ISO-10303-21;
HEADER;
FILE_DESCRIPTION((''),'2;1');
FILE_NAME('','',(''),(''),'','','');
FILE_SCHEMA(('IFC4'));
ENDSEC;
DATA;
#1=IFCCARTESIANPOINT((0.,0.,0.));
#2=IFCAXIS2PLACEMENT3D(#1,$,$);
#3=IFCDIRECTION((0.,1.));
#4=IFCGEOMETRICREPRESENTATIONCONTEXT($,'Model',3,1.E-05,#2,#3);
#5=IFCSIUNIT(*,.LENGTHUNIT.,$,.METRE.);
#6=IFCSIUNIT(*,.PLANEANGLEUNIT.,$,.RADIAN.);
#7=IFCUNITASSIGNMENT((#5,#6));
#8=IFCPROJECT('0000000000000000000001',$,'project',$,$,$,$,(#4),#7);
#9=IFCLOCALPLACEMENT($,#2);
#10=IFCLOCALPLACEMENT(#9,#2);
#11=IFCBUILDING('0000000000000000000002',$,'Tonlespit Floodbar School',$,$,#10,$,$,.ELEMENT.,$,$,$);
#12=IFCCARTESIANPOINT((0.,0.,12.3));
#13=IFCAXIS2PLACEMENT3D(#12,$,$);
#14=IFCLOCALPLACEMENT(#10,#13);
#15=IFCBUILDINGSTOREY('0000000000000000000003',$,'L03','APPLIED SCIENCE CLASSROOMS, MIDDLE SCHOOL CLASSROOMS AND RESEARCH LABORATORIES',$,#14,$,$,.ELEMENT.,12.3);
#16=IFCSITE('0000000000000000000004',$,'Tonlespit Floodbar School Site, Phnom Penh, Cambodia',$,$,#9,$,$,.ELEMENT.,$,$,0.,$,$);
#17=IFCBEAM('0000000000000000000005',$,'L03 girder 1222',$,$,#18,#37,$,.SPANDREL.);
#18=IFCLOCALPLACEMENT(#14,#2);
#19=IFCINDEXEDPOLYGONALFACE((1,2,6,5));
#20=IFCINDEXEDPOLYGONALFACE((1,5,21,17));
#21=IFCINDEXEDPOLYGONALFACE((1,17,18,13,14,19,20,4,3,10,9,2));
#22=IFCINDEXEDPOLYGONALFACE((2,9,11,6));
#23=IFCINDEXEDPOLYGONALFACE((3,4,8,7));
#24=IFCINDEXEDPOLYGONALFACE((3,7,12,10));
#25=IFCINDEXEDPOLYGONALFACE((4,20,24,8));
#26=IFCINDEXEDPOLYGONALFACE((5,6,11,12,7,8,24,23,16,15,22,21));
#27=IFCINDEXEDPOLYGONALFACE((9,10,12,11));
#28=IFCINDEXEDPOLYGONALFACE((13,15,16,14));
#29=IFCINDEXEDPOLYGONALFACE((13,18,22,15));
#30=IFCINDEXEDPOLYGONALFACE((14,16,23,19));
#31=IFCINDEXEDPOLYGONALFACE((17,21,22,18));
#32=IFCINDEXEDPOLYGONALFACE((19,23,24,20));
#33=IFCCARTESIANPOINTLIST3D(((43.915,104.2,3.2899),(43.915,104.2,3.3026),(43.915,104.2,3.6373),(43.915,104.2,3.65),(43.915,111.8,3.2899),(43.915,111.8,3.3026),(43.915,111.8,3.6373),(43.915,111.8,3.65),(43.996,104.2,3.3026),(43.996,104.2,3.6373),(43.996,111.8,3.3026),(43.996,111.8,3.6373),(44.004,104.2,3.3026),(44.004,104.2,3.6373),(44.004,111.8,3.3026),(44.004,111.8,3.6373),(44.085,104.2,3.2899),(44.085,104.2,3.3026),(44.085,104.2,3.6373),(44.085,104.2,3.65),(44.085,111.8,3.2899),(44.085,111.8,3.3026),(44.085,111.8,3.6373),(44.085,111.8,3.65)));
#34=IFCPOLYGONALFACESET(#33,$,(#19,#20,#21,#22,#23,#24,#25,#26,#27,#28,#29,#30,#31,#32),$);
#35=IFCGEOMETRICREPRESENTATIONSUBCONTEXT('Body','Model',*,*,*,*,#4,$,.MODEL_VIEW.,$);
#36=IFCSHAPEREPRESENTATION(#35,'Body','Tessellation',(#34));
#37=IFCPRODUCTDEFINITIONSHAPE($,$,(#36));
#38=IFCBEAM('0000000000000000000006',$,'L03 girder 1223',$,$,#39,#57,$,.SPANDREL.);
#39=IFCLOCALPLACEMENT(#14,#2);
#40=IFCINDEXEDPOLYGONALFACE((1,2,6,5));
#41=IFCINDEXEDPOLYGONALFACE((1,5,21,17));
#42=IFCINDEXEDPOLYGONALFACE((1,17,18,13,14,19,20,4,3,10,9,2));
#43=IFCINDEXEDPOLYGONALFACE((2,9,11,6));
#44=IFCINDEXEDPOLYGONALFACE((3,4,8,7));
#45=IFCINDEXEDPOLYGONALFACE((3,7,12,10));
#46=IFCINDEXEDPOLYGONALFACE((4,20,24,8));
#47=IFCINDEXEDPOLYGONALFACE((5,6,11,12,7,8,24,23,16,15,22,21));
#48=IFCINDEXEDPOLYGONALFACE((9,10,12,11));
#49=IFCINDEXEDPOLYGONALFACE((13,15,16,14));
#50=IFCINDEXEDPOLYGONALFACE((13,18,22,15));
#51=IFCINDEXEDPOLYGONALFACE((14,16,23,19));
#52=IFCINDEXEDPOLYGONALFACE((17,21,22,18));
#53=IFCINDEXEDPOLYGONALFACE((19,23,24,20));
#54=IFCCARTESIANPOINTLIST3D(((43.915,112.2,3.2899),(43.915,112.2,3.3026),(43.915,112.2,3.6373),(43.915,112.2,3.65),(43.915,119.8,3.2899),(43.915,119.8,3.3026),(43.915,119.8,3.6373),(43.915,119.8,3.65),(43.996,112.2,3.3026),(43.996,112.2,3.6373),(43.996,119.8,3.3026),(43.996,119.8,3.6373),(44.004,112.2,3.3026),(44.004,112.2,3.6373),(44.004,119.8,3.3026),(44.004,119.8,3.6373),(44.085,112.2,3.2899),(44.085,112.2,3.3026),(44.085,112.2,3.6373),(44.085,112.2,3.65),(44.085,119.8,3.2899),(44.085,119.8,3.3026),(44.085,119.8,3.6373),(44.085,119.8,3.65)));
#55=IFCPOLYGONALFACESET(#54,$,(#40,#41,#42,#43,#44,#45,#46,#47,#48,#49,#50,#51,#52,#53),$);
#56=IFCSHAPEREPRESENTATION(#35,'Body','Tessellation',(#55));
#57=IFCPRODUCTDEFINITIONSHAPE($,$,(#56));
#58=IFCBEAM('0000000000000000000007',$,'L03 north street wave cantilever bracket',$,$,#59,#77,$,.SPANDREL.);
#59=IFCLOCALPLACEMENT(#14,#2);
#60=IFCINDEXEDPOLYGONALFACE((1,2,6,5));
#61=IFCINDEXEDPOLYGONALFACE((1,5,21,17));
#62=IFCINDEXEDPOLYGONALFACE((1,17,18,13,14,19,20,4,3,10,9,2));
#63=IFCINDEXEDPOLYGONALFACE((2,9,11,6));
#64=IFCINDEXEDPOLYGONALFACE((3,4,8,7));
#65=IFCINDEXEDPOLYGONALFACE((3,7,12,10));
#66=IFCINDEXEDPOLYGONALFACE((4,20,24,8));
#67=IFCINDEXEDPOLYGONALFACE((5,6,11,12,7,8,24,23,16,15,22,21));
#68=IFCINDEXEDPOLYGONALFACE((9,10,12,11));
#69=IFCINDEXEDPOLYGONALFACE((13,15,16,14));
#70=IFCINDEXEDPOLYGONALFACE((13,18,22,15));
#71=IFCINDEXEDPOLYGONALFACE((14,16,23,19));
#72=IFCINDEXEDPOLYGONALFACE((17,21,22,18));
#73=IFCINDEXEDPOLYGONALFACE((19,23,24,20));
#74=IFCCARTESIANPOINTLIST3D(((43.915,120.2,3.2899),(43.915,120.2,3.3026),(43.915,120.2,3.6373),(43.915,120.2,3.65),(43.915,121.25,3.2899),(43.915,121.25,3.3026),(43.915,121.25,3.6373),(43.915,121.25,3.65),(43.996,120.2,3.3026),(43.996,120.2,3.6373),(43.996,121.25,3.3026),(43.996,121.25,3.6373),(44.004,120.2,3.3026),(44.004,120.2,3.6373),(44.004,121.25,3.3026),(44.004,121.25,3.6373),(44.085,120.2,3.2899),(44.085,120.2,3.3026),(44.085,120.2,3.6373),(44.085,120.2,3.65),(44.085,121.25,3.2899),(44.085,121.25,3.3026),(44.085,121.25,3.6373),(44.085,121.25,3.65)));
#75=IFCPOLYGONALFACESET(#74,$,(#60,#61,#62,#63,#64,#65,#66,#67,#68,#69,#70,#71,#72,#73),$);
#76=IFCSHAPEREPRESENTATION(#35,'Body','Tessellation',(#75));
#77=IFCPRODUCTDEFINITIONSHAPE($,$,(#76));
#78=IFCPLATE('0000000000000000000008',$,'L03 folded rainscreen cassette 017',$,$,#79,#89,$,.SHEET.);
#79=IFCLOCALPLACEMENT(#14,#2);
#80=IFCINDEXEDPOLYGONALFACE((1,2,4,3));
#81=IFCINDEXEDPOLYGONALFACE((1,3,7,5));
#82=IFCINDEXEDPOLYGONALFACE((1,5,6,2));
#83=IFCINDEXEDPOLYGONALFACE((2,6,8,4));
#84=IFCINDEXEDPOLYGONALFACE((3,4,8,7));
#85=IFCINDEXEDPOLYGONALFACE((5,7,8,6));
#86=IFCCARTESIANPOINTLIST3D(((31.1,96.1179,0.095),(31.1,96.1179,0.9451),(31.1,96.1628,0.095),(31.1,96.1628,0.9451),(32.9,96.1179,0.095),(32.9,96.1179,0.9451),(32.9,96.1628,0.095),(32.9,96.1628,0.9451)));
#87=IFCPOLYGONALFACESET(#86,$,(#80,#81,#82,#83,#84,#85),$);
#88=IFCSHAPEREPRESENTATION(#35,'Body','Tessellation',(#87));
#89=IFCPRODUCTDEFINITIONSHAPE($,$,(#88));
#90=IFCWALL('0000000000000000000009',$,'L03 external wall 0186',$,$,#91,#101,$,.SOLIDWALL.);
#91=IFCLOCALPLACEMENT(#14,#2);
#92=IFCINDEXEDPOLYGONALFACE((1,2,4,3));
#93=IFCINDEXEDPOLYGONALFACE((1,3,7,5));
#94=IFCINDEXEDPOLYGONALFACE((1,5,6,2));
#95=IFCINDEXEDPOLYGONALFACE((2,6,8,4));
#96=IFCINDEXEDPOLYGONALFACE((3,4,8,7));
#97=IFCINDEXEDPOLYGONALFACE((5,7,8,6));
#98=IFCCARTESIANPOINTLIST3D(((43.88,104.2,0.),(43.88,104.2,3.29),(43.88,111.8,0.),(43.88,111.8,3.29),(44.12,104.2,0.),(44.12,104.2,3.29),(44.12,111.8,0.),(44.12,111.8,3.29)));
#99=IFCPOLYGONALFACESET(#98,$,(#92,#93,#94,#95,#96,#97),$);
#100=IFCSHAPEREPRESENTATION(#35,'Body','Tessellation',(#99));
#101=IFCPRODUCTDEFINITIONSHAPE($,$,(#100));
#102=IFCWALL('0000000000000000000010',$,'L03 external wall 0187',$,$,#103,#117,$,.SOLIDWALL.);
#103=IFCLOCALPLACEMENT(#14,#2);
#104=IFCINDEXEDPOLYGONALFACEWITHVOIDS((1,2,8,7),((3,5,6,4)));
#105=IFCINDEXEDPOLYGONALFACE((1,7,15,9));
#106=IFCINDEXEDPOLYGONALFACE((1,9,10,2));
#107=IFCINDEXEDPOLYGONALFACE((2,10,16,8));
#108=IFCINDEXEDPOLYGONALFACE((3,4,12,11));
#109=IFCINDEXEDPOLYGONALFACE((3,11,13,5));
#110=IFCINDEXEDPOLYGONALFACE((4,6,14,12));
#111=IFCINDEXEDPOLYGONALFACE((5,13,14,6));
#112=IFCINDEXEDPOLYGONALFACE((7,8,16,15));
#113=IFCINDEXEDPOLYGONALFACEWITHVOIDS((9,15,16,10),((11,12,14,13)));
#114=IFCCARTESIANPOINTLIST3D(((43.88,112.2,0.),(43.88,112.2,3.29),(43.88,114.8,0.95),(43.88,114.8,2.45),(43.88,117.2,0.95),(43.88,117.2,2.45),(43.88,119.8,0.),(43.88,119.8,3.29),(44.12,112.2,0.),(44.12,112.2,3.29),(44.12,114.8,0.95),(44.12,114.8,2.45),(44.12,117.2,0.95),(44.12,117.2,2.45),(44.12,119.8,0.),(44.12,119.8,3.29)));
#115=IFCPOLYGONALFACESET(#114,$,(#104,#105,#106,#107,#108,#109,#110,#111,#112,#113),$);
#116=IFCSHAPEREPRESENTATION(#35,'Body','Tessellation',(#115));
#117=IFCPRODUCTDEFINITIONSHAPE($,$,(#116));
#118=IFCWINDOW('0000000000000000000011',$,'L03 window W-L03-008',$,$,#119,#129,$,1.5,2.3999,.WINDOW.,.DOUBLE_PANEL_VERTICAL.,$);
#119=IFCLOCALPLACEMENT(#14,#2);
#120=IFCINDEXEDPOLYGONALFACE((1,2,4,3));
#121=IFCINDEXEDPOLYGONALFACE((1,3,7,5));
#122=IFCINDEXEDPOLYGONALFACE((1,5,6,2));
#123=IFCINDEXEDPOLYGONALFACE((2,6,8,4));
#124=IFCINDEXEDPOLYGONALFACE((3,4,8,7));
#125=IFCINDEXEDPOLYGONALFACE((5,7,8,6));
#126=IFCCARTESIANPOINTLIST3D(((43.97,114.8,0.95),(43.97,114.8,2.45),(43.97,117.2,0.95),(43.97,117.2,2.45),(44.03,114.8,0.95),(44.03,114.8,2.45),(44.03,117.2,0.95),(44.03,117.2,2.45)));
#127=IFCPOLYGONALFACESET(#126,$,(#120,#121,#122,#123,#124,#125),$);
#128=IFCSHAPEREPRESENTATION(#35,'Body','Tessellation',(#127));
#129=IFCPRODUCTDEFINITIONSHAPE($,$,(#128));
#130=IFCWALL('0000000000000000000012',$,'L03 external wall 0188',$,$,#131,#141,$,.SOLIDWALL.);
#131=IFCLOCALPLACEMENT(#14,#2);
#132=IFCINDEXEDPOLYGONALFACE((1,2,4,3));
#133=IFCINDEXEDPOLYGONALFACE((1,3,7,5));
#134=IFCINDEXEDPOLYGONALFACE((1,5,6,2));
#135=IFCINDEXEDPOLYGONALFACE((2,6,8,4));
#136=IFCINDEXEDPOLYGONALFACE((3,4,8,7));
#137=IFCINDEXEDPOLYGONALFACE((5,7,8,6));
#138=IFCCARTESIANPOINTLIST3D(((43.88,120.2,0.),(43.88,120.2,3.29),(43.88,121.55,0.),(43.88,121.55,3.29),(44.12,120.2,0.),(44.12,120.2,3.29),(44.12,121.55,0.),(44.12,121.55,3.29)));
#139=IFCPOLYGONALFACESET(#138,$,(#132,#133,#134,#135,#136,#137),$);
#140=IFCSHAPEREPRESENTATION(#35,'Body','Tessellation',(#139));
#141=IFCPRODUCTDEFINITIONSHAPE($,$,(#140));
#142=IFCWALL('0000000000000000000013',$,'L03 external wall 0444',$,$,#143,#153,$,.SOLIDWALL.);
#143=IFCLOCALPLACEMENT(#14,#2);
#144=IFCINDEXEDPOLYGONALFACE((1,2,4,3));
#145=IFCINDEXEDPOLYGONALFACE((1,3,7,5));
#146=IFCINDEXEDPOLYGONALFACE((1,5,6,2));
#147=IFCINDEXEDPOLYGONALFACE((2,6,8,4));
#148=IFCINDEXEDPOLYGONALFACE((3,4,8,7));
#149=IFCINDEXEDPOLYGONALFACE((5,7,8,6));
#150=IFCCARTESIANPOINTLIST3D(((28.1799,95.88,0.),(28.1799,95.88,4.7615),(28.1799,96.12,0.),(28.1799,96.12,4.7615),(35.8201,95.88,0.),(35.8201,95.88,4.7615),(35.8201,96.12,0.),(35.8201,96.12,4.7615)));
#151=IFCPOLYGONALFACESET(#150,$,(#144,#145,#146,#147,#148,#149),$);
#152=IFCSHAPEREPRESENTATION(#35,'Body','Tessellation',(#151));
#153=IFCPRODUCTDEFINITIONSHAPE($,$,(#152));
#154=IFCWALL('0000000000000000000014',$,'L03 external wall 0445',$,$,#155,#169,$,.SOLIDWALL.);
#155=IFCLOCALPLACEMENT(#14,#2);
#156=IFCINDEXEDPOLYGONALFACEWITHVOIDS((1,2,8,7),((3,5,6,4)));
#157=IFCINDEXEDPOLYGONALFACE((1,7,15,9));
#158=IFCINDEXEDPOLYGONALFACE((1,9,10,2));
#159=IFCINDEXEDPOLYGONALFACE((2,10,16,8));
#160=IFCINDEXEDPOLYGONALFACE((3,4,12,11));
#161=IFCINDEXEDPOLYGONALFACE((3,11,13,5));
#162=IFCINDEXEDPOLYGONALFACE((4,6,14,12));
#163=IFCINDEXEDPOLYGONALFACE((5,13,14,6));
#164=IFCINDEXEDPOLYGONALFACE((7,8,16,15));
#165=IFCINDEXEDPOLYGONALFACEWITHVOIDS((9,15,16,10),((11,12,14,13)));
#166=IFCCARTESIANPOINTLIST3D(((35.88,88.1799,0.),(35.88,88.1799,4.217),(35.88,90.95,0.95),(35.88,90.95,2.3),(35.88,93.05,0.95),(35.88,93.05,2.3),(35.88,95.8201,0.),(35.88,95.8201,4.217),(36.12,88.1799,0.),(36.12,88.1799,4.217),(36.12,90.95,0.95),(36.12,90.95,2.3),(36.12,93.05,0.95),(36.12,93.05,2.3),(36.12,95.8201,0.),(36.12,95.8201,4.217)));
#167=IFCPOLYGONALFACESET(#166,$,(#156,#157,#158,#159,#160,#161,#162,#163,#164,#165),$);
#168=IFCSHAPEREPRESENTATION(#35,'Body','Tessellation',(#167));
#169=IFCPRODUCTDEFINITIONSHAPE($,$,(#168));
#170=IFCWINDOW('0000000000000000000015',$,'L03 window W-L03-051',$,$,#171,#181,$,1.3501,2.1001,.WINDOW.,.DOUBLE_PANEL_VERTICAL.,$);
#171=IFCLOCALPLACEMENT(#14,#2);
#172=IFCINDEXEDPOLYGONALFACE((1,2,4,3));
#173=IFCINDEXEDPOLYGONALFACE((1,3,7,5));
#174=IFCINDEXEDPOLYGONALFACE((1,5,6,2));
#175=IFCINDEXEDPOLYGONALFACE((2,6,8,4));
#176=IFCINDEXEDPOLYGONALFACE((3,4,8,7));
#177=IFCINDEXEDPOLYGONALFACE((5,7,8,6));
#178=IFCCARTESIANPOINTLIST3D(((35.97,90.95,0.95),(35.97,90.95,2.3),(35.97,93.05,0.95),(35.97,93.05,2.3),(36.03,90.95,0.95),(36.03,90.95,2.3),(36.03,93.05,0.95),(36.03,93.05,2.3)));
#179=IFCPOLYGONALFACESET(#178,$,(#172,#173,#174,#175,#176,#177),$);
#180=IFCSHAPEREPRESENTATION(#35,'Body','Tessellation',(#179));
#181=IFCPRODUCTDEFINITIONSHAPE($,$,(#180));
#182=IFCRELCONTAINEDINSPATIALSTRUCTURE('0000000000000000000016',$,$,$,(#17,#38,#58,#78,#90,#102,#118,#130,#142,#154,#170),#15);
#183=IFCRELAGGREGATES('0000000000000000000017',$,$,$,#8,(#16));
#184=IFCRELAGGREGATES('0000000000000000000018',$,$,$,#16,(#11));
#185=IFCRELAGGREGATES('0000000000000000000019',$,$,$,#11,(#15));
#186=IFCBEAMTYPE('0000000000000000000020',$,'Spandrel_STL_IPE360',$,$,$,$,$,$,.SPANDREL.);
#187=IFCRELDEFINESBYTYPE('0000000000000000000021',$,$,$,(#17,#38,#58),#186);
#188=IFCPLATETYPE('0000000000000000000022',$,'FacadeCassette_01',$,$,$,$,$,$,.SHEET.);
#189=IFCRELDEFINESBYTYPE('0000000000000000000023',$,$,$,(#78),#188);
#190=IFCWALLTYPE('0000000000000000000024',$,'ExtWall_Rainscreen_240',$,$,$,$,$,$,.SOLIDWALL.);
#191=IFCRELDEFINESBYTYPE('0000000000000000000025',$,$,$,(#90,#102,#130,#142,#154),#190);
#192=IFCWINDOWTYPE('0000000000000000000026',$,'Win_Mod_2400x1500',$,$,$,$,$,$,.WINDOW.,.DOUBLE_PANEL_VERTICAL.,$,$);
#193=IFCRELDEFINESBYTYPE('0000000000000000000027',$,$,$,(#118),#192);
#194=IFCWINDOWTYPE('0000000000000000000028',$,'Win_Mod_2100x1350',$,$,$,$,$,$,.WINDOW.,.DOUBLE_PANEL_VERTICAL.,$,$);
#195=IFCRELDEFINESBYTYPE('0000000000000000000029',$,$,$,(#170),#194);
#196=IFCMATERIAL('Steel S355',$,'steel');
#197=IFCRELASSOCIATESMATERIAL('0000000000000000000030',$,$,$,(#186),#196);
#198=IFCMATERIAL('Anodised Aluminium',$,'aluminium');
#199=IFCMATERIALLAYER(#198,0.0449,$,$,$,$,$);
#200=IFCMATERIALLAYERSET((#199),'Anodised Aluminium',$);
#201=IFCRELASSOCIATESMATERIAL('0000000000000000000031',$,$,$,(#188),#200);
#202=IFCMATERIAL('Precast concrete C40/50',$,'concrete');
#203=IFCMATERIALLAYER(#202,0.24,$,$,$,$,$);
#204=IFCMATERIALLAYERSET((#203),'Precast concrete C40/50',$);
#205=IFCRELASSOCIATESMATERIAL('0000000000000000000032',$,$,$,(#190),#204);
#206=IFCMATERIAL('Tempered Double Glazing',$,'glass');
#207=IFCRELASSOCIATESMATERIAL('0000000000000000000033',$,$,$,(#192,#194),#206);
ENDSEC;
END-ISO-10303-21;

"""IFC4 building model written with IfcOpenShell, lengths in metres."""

from ifc_helpers import new_model, si_unit, direction, frame, frame_2d, origin, origin_2d, place, context, subcontext, project, spatial, rectangle, i_section, extrude, material, layer, layer_set, material_profile, profile_set, type_object, element, fill, save


model = new_model("IFC4")

# Units and contexts
model_context = context("Model", 3, precision=1e-05, world=origin(), true_north=direction((0.0, 1.0)))
body_context = subcontext(model_context, "Body", "Model", "MODEL_VIEW")
ifc_project = project(units=[si_unit("LENGTHUNIT", "METRE"), si_unit("PLANEANGLEUNIT", "RADIAN")], contexts=[model_context])

# Site, building, storey
site_placement = place(None, origin())
site = spatial("IfcSite", under=ifc_project, at=site_placement, Name="Tonlespit Floodbar School Site, Phnom Penh, Cambodia", CompositionType="ELEMENT", RefElevation=0.0)
building_placement = place(site_placement, origin())
building = spatial("IfcBuilding", under=site, at=building_placement, Name="Tonlespit Floodbar School", CompositionType="ELEMENT")
storey_placement = place(building_placement, frame((0.0, 0.0, 12.3)))
storey = spatial("IfcBuildingStorey", under=building, at=storey_placement, Name="L03", Description="APPLIED SCIENCE CLASSROOMS, MIDDLE SCHOOL CLASSROOMS AND RESEARCH LABORATORIES", CompositionType="ELEMENT", Elevation=12.3)

# Shared definitions
ifc_material_1 = material(Name="Anodised Aluminium", Category="aluminium")

# Beams
ifc_material_2 = material(Name="Steel S355", Category="steel")
ifc_material_profile_1 = material_profile(ifc_material_2, i_section(OverallWidth=0.1699, OverallDepth=0.3601, WebThickness=0.0081, FlangeThickness=0.0127, at=origin_2d()), Name="IPE 360")
ifc_profile_set_1 = profile_set([ifc_material_profile_1], Name="Steel S355")
beam_type_1 = type_object("IfcBeamType", Name="Spandrel_STL_IPE360", PredefinedType="SPANDREL", material=ifc_profile_set_1)
for number, where, z_axis, x_axis, name in (
    (1, (44.0, 104.2, 3.47), (0.0, 1.0, 0.0), (-1.0, 0.0, 0.0), "L03 girder 1222"),
    (2, (44.0, 112.2, 3.47), (0.0, 1.0, 0.0), (-1.0, 0.0, 0.0), "L03 girder 1223"),
):
    element("IfcBeam", number, at=place(storey_placement, frame(where, z_axis=z_axis, x_axis=x_axis)), inside=storey, type_object=beam_type_1, Name=name, PredefinedType="SPANDREL", context=body_context, shape_type="SweptSolid", body=[
        extrude(i_section(OverallWidth=0.1699, OverallDepth=0.3601, WebThickness=0.0081, FlangeThickness=0.0127, at=origin_2d()), origin(), (0.0, 0.0, 1.0), 7.6001),
    ])
beam_1_placement = place(storey_placement, frame((44.0, 120.2, 3.47), z_axis=(0.0, 1.0, 0.0), x_axis=(-1.0, 0.0, 0.0)))
element("IfcBeam", 3, at=beam_1_placement, inside=storey, type_object=beam_type_1, Name="L03 north street wave cantilever bracket", PredefinedType="SPANDREL", context=body_context, shape_type="SweptSolid", body=[
    extrude(i_section(OverallWidth=0.1699, OverallDepth=0.3601, WebThickness=0.0081, FlangeThickness=0.0127, at=origin_2d()), origin(), (0.0, 0.0, 1.0), 1.05),
])

# Plate
ifc_layer_1 = layer(ifc_material_1, 0.0449)
ifc_layer_set_1 = layer_set([ifc_layer_1], Name="Anodised Aluminium")
plate_type = type_object("IfcPlateType", Name="FacadeCassette_01", PredefinedType="SHEET", material=ifc_layer_set_1)
plate_placement = place(storey_placement, frame((32.0, 96.1404, 0.095), z_axis=(0.0, 0.0, 1.0), x_axis=(1.0, 0.0, 0.0)))
element("IfcPlate", 4, at=plate_placement, inside=storey, type_object=plate_type, Name="L03 folded rainscreen cassette 017", PredefinedType="SHEET", context=body_context, shape_type="SweptSolid", body=[
    extrude(rectangle(XDim=1.8, YDim=0.0449, at=origin_2d()), origin(), (0.0, 0.0, 1.0), 0.8501),
])

# Wall
ifc_material_3 = material(Name="Precast concrete C40/50", Category="concrete")
ifc_layer_2 = layer(ifc_material_3, 0.24)
ifc_layer_set_2 = layer_set([ifc_layer_2], Name="Precast concrete C40/50")
wall_type_1 = type_object("IfcWallType", Name="ExtWall_Rainscreen_240", PredefinedType="SOLIDWALL", material=ifc_layer_set_2)
wall_1_placement = place(storey_placement, frame((44.0, 104.2, 0.0), z_axis=(0.0, 0.0, 1.0), x_axis=(0.0, 1.0, 0.0)))
element("IfcWall", 5, at=wall_1_placement, inside=storey, type_object=wall_type_1, Name="L03 external wall 0186", PredefinedType="SOLIDWALL", context=body_context, shape_type="SweptSolid", body=[
    extrude(rectangle(XDim=7.6001, YDim=0.24, at=frame_2d((3.8, 0.0))), origin(), (0.0, 0.0, 1.0), 3.29),
])

# Wall, opening, window
wall_2_placement = place(storey_placement, frame((44.0, 112.2, 0.0), z_axis=(0.0, 0.0, 1.0), x_axis=(0.0, 1.0, 0.0)))
wall_2 = element("IfcWall", 6, at=wall_2_placement, inside=storey, type_object=wall_type_1, Name="L03 external wall 0187", PredefinedType="SOLIDWALL", context=body_context, shape_type="SweptSolid", body=[
    extrude(rectangle(XDim=7.6001, YDim=0.24, at=frame_2d((3.8, 0.0))), origin(), (0.0, 0.0, 1.0), 3.29),
])
opening_1_placement = place(wall_2_placement, frame((2.6001, 0.0, 0.95)))
opening_1 = element("IfcOpeningElement", 7, at=opening_1_placement, cuts=wall_2, PredefinedType="OPENING", context=body_context, shape_type="SweptSolid", body=[
    extrude(rectangle(XDim=2.3999, YDim=1.5, at=frame_2d((1.2, 0.75))), frame((0.0, 0.1299, 0.0), z_axis=(0.0, -1.0, 0.0), x_axis=(1.0, 0.0, 0.0)), (0.0, 0.0, 1.0), 0.26),
])
ifc_material_4 = material(Name="Tempered Double Glazing", Category="glass")
window_type_1 = type_object("IfcWindowType", Name="Win_Mod_2400x1500", PartitioningType="DOUBLE_PANEL_VERTICAL", PredefinedType="WINDOW", material=ifc_material_4)
window_1_placement = place(opening_1_placement, origin())
window_1 = element("IfcWindow", 8, at=window_1_placement, inside=storey, type_object=window_type_1, Name="L03 window W-L03-008", OverallHeight=1.5, OverallWidth=2.3999, PartitioningType="DOUBLE_PANEL_VERTICAL", PredefinedType="WINDOW", context=body_context, shape_type="SweptSolid", body=[
    extrude(rectangle(XDim=2.3999, YDim=1.5, at=frame_2d((1.2, 0.75))), frame((0.0, 0.03, 0.0), z_axis=(0.0, -1.0, 0.0), x_axis=(1.0, 0.0, 0.0)), (0.0, 0.0, 1.0), 0.0601),
])
fill(opening_1, window_1)

# Walls
wall_3_placement = place(storey_placement, frame((44.0, 120.2, 0.0), z_axis=(0.0, 0.0, 1.0), x_axis=(0.0, 1.0, 0.0)))
element("IfcWall", 9, at=wall_3_placement, inside=storey, type_object=wall_type_1, Name="L03 external wall 0188", PredefinedType="SOLIDWALL", context=body_context, shape_type="SweptSolid", body=[
    extrude(rectangle(XDim=1.3501, YDim=0.24, at=frame_2d((0.675, 0.0))), origin(), (0.0, 0.0, 1.0), 3.29),
])
wall_4_placement = place(storey_placement, frame((28.1799, 96.0, 0.0), z_axis=(0.0, 0.0, 1.0), x_axis=(1.0, 0.0, 0.0)))
element("IfcWall", 10, at=wall_4_placement, inside=storey, type_object=wall_type_1, Name="L03 external wall 0444", PredefinedType="SOLIDWALL", context=body_context, shape_type="SweptSolid", body=[
    extrude(rectangle(XDim=7.6401, YDim=0.24, at=frame_2d((3.8201, 0.0))), origin(), (0.0, 0.0, 1.0), 4.7615),
])

# Wall, opening, window
wall_5_placement = place(storey_placement, frame((36.0, 95.8201, 0.0), z_axis=(0.0, 0.0, 1.0), x_axis=(0.0, -1.0, 0.0)))
wall_5 = element("IfcWall", 11, at=wall_5_placement, inside=storey, type_object=wall_type_1, Name="L03 external wall 0445", PredefinedType="SOLIDWALL", context=body_context, shape_type="SweptSolid", body=[
    extrude(rectangle(XDim=7.6401, YDim=0.24, at=frame_2d((3.8201, 0.0))), origin(), (0.0, 0.0, 1.0), 4.217),
])
opening_2_placement = place(wall_5_placement, frame((2.77, 0.0, 0.95)))
opening_2 = element("IfcOpeningElement", 12, at=opening_2_placement, cuts=wall_5, PredefinedType="OPENING", context=body_context, shape_type="SweptSolid", body=[
    extrude(rectangle(XDim=2.1001, YDim=1.3501, at=frame_2d((1.05, 0.675))), frame((0.0, 0.1299, 0.0), z_axis=(0.0, -1.0, 0.0), x_axis=(1.0, 0.0, 0.0)), (0.0, 0.0, 1.0), 0.26),
])
window_type_2 = type_object("IfcWindowType", Name="Win_Mod_2100x1350", PartitioningType="DOUBLE_PANEL_VERTICAL", PredefinedType="WINDOW", material=ifc_material_4)
window_2_placement = place(opening_2_placement, origin())
window_2 = element("IfcWindow", 13, at=window_2_placement, inside=storey, type_object=window_type_2, Name="L03 window W-L03-051", OverallHeight=1.3501, OverallWidth=2.1001, PartitioningType="DOUBLE_PANEL_VERTICAL", PredefinedType="WINDOW", context=body_context, shape_type="SweptSolid", body=[
    extrude(rectangle(XDim=2.1001, YDim=1.3501, at=frame_2d((1.05, 0.675))), frame((0.0, 0.03, 0.0), z_axis=(0.0, -1.0, 0.0), x_axis=(1.0, 0.0, 0.0)), (0.0, 0.0, 1.0), 0.0601),
])
fill(opening_2, window_2)

save(model, "model.ifc")
